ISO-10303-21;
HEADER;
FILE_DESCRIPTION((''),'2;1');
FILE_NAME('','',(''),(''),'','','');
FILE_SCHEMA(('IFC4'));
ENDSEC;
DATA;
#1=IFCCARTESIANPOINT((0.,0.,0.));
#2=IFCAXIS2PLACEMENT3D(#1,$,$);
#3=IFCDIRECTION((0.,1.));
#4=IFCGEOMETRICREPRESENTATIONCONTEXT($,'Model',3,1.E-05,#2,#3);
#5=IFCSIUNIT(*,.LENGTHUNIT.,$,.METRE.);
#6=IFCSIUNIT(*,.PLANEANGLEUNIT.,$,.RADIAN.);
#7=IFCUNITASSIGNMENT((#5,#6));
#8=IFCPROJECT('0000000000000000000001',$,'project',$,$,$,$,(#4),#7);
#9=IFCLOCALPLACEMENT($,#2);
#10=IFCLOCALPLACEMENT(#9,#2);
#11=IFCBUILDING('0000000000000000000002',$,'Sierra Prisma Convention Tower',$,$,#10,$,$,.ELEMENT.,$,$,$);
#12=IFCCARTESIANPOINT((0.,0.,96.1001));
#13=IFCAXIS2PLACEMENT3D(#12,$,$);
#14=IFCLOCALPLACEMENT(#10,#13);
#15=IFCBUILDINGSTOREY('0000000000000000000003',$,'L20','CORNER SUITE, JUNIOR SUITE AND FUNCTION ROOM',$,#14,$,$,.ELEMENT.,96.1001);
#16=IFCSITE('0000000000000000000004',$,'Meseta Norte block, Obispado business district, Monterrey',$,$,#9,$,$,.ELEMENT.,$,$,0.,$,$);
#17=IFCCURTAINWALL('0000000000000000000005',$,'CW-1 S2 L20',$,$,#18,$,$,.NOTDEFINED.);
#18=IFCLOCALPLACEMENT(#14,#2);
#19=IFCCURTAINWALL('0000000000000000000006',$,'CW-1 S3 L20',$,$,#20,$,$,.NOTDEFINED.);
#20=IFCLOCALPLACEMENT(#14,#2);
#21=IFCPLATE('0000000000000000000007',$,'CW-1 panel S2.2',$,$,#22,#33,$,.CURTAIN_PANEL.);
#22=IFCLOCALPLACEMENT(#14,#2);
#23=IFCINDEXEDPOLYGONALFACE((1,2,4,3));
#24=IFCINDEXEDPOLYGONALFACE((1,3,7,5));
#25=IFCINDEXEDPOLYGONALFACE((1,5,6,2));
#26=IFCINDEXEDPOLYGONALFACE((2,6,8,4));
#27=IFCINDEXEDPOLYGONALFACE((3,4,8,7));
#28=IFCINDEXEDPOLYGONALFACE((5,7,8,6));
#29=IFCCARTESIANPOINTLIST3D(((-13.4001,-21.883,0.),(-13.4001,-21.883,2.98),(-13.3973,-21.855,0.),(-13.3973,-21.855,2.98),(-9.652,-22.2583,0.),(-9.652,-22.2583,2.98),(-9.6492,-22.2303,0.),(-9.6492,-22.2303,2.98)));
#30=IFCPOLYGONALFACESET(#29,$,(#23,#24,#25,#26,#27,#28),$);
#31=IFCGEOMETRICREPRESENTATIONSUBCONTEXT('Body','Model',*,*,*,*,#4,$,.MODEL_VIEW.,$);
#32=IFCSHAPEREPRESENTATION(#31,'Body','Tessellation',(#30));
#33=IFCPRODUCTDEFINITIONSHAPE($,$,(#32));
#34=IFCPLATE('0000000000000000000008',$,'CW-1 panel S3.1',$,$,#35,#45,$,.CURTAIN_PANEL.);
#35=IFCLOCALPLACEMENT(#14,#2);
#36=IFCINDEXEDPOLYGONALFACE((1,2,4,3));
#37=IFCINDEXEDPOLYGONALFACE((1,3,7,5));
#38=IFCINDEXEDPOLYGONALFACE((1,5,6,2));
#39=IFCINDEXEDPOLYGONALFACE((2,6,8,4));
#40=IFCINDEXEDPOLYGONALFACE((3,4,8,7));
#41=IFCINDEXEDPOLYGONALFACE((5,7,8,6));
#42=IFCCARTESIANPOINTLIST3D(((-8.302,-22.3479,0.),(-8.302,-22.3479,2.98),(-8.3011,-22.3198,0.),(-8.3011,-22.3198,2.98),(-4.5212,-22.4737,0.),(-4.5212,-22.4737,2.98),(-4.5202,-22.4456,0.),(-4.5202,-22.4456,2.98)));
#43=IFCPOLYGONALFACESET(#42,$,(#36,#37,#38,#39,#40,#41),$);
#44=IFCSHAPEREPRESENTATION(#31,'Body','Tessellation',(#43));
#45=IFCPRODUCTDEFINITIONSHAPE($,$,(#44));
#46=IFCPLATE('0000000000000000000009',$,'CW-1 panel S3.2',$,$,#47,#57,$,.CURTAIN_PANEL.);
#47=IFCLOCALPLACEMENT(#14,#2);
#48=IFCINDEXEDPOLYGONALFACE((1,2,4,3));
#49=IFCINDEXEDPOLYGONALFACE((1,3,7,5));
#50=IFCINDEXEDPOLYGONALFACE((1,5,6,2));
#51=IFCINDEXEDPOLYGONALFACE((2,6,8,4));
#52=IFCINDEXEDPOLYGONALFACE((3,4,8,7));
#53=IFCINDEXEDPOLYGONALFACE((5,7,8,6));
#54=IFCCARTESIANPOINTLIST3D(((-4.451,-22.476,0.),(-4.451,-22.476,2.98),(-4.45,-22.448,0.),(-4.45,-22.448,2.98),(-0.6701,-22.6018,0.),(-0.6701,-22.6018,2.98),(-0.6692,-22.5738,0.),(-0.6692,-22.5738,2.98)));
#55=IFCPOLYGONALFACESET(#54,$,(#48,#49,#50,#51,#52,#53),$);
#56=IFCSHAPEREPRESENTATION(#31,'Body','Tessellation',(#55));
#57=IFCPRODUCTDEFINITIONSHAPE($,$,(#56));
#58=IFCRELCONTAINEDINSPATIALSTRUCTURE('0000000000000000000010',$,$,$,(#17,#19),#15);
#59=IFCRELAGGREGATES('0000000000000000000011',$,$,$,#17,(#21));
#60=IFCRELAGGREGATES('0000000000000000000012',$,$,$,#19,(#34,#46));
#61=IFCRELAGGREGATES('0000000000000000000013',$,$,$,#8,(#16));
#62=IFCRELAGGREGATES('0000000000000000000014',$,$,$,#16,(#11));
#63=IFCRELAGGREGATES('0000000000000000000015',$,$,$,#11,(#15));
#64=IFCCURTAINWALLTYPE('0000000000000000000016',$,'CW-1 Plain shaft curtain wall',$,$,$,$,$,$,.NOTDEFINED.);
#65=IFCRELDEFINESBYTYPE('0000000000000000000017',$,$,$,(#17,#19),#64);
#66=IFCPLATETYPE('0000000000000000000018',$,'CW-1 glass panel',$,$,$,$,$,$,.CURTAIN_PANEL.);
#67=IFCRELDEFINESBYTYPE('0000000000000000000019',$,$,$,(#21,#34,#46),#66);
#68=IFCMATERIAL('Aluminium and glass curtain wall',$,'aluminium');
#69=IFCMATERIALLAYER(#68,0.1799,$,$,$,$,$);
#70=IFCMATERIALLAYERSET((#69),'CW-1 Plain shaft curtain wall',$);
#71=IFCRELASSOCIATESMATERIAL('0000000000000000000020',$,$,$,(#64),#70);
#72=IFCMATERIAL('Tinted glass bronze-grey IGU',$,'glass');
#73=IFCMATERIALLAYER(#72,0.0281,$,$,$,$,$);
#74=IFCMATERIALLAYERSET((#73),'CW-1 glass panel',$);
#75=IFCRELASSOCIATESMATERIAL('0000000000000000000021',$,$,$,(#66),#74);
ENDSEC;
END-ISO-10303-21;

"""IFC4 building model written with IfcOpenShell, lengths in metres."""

from ifc_helpers import new_model, si_unit, direction, frame, origin, origin_2d, place, context, subcontext, project, spatial, rectangle, extrude, material, layer, layer_set, type_object, element, aggregate, save


model = new_model("IFC4")

# Units and contexts
model_context = context("Model", 3, precision=1e-05, world=origin(), true_north=direction((0.0, 1.0)))
body_context = subcontext(model_context, "Body", "Model", "MODEL_VIEW")
ifc_project = project(units=[si_unit("LENGTHUNIT", "METRE"), si_unit("PLANEANGLEUNIT", "RADIAN")], contexts=[model_context])

# Site, building, storey
site_placement = place(None, origin())
site = spatial("IfcSite", under=ifc_project, at=site_placement, Name="Meseta Norte block, Obispado business district, Monterrey", CompositionType="ELEMENT", RefElevation=0.0)
building_placement = place(site_placement, origin())
building = spatial("IfcBuilding", under=site, at=building_placement, Name="Sierra Prisma Convention Tower", CompositionType="ELEMENT")
storey_placement = place(building_placement, frame((0.0, 0.0, 96.1001)))
storey = spatial("IfcBuildingStorey", under=building, at=storey_placement, Name="L20", Description="CORNER SUITE, JUNIOR SUITE AND FUNCTION ROOM", CompositionType="ELEMENT", Elevation=96.1001)

# Curtain wall
ifc_material_1 = material(Name="Aluminium and glass curtain wall", Category="aluminium")
ifc_layer_1 = layer(ifc_material_1, 0.1799)
ifc_layer_set_1 = layer_set([ifc_layer_1], Name="CW-1 Plain shaft curtain wall")
curtain_wall_type = type_object("IfcCurtainWallType", Name="CW-1 Plain shaft curtain wall", PredefinedType="NOTDEFINED", material=ifc_layer_set_1)
curtain_wall_1_placement = place(storey_placement, origin())
curtain_wall_1 = element("IfcCurtainWall", 1, at=curtain_wall_1_placement, inside=storey, type_object=curtain_wall_type, Name="CW-1 S2 L20", PredefinedType="NOTDEFINED")

# Curtain wall
curtain_wall_2_placement = place(storey_placement, origin())
curtain_wall_2 = element("IfcCurtainWall", 2, at=curtain_wall_2_placement, inside=storey, type_object=curtain_wall_type, Name="CW-1 S3 L20", PredefinedType="NOTDEFINED")

# Plates
ifc_material_2 = material(Name="Tinted glass bronze-grey IGU", Category="glass")
ifc_layer_2 = layer(ifc_material_2, 0.0281)
ifc_layer_set_2 = layer_set([ifc_layer_2], Name="CW-1 glass panel")
plate_type = type_object("IfcPlateType", Name="CW-1 glass panel", PredefinedType="CURTAIN_PANEL", material=ifc_layer_set_2)
plate_1_placement = place(storey_placement, frame((-11.5247, -22.0566, 0.0), z_axis=(0.0, 0.0, 1.0), x_axis=(0.995025, -0.099629, 0.0)))
plate_1 = element("IfcPlate", 3, at=plate_1_placement, type_object=plate_type, Name="CW-1 panel S2.2", PredefinedType="CURTAIN_PANEL", context=body_context, shape_type="SweptSolid", body=[
    extrude(rectangle(XDim=3.7668, YDim=0.0281, at=origin_2d()), origin(), (0.0, 0.0, 1.0), 2.98),
])
aggregate(curtain_wall_1, [plate_1])
plate_2_placement = place(storey_placement, frame((-6.4111, -22.3967, 0.0), z_axis=(0.0, 0.0, 1.0), x_axis=(0.999447, -0.033259, 0.0)))
plate_2 = element("IfcPlate", 4, at=plate_2_placement, type_object=plate_type, Name="CW-1 panel S3.1", PredefinedType="CURTAIN_PANEL", context=body_context, shape_type="SweptSolid", body=[
    extrude(rectangle(XDim=3.783, YDim=0.0281, at=origin_2d()), origin(), (0.0, 0.0, 1.0), 2.98),
])
plate_3_placement = place(storey_placement, frame((-2.5601, -22.5249, 0.0), z_axis=(0.0, 0.0, 1.0), x_axis=(0.999447, -0.033259, 0.0)))
plate_3 = element("IfcPlate", 5, at=plate_3_placement, type_object=plate_type, Name="CW-1 panel S3.2", PredefinedType="CURTAIN_PANEL", context=body_context, shape_type="SweptSolid", body=[
    extrude(rectangle(XDim=3.783, YDim=0.0281, at=origin_2d()), origin(), (0.0, 0.0, 1.0), 2.98),
])
aggregate(curtain_wall_2, [plate_2, plate_3])

save(model, "model.ifc")
